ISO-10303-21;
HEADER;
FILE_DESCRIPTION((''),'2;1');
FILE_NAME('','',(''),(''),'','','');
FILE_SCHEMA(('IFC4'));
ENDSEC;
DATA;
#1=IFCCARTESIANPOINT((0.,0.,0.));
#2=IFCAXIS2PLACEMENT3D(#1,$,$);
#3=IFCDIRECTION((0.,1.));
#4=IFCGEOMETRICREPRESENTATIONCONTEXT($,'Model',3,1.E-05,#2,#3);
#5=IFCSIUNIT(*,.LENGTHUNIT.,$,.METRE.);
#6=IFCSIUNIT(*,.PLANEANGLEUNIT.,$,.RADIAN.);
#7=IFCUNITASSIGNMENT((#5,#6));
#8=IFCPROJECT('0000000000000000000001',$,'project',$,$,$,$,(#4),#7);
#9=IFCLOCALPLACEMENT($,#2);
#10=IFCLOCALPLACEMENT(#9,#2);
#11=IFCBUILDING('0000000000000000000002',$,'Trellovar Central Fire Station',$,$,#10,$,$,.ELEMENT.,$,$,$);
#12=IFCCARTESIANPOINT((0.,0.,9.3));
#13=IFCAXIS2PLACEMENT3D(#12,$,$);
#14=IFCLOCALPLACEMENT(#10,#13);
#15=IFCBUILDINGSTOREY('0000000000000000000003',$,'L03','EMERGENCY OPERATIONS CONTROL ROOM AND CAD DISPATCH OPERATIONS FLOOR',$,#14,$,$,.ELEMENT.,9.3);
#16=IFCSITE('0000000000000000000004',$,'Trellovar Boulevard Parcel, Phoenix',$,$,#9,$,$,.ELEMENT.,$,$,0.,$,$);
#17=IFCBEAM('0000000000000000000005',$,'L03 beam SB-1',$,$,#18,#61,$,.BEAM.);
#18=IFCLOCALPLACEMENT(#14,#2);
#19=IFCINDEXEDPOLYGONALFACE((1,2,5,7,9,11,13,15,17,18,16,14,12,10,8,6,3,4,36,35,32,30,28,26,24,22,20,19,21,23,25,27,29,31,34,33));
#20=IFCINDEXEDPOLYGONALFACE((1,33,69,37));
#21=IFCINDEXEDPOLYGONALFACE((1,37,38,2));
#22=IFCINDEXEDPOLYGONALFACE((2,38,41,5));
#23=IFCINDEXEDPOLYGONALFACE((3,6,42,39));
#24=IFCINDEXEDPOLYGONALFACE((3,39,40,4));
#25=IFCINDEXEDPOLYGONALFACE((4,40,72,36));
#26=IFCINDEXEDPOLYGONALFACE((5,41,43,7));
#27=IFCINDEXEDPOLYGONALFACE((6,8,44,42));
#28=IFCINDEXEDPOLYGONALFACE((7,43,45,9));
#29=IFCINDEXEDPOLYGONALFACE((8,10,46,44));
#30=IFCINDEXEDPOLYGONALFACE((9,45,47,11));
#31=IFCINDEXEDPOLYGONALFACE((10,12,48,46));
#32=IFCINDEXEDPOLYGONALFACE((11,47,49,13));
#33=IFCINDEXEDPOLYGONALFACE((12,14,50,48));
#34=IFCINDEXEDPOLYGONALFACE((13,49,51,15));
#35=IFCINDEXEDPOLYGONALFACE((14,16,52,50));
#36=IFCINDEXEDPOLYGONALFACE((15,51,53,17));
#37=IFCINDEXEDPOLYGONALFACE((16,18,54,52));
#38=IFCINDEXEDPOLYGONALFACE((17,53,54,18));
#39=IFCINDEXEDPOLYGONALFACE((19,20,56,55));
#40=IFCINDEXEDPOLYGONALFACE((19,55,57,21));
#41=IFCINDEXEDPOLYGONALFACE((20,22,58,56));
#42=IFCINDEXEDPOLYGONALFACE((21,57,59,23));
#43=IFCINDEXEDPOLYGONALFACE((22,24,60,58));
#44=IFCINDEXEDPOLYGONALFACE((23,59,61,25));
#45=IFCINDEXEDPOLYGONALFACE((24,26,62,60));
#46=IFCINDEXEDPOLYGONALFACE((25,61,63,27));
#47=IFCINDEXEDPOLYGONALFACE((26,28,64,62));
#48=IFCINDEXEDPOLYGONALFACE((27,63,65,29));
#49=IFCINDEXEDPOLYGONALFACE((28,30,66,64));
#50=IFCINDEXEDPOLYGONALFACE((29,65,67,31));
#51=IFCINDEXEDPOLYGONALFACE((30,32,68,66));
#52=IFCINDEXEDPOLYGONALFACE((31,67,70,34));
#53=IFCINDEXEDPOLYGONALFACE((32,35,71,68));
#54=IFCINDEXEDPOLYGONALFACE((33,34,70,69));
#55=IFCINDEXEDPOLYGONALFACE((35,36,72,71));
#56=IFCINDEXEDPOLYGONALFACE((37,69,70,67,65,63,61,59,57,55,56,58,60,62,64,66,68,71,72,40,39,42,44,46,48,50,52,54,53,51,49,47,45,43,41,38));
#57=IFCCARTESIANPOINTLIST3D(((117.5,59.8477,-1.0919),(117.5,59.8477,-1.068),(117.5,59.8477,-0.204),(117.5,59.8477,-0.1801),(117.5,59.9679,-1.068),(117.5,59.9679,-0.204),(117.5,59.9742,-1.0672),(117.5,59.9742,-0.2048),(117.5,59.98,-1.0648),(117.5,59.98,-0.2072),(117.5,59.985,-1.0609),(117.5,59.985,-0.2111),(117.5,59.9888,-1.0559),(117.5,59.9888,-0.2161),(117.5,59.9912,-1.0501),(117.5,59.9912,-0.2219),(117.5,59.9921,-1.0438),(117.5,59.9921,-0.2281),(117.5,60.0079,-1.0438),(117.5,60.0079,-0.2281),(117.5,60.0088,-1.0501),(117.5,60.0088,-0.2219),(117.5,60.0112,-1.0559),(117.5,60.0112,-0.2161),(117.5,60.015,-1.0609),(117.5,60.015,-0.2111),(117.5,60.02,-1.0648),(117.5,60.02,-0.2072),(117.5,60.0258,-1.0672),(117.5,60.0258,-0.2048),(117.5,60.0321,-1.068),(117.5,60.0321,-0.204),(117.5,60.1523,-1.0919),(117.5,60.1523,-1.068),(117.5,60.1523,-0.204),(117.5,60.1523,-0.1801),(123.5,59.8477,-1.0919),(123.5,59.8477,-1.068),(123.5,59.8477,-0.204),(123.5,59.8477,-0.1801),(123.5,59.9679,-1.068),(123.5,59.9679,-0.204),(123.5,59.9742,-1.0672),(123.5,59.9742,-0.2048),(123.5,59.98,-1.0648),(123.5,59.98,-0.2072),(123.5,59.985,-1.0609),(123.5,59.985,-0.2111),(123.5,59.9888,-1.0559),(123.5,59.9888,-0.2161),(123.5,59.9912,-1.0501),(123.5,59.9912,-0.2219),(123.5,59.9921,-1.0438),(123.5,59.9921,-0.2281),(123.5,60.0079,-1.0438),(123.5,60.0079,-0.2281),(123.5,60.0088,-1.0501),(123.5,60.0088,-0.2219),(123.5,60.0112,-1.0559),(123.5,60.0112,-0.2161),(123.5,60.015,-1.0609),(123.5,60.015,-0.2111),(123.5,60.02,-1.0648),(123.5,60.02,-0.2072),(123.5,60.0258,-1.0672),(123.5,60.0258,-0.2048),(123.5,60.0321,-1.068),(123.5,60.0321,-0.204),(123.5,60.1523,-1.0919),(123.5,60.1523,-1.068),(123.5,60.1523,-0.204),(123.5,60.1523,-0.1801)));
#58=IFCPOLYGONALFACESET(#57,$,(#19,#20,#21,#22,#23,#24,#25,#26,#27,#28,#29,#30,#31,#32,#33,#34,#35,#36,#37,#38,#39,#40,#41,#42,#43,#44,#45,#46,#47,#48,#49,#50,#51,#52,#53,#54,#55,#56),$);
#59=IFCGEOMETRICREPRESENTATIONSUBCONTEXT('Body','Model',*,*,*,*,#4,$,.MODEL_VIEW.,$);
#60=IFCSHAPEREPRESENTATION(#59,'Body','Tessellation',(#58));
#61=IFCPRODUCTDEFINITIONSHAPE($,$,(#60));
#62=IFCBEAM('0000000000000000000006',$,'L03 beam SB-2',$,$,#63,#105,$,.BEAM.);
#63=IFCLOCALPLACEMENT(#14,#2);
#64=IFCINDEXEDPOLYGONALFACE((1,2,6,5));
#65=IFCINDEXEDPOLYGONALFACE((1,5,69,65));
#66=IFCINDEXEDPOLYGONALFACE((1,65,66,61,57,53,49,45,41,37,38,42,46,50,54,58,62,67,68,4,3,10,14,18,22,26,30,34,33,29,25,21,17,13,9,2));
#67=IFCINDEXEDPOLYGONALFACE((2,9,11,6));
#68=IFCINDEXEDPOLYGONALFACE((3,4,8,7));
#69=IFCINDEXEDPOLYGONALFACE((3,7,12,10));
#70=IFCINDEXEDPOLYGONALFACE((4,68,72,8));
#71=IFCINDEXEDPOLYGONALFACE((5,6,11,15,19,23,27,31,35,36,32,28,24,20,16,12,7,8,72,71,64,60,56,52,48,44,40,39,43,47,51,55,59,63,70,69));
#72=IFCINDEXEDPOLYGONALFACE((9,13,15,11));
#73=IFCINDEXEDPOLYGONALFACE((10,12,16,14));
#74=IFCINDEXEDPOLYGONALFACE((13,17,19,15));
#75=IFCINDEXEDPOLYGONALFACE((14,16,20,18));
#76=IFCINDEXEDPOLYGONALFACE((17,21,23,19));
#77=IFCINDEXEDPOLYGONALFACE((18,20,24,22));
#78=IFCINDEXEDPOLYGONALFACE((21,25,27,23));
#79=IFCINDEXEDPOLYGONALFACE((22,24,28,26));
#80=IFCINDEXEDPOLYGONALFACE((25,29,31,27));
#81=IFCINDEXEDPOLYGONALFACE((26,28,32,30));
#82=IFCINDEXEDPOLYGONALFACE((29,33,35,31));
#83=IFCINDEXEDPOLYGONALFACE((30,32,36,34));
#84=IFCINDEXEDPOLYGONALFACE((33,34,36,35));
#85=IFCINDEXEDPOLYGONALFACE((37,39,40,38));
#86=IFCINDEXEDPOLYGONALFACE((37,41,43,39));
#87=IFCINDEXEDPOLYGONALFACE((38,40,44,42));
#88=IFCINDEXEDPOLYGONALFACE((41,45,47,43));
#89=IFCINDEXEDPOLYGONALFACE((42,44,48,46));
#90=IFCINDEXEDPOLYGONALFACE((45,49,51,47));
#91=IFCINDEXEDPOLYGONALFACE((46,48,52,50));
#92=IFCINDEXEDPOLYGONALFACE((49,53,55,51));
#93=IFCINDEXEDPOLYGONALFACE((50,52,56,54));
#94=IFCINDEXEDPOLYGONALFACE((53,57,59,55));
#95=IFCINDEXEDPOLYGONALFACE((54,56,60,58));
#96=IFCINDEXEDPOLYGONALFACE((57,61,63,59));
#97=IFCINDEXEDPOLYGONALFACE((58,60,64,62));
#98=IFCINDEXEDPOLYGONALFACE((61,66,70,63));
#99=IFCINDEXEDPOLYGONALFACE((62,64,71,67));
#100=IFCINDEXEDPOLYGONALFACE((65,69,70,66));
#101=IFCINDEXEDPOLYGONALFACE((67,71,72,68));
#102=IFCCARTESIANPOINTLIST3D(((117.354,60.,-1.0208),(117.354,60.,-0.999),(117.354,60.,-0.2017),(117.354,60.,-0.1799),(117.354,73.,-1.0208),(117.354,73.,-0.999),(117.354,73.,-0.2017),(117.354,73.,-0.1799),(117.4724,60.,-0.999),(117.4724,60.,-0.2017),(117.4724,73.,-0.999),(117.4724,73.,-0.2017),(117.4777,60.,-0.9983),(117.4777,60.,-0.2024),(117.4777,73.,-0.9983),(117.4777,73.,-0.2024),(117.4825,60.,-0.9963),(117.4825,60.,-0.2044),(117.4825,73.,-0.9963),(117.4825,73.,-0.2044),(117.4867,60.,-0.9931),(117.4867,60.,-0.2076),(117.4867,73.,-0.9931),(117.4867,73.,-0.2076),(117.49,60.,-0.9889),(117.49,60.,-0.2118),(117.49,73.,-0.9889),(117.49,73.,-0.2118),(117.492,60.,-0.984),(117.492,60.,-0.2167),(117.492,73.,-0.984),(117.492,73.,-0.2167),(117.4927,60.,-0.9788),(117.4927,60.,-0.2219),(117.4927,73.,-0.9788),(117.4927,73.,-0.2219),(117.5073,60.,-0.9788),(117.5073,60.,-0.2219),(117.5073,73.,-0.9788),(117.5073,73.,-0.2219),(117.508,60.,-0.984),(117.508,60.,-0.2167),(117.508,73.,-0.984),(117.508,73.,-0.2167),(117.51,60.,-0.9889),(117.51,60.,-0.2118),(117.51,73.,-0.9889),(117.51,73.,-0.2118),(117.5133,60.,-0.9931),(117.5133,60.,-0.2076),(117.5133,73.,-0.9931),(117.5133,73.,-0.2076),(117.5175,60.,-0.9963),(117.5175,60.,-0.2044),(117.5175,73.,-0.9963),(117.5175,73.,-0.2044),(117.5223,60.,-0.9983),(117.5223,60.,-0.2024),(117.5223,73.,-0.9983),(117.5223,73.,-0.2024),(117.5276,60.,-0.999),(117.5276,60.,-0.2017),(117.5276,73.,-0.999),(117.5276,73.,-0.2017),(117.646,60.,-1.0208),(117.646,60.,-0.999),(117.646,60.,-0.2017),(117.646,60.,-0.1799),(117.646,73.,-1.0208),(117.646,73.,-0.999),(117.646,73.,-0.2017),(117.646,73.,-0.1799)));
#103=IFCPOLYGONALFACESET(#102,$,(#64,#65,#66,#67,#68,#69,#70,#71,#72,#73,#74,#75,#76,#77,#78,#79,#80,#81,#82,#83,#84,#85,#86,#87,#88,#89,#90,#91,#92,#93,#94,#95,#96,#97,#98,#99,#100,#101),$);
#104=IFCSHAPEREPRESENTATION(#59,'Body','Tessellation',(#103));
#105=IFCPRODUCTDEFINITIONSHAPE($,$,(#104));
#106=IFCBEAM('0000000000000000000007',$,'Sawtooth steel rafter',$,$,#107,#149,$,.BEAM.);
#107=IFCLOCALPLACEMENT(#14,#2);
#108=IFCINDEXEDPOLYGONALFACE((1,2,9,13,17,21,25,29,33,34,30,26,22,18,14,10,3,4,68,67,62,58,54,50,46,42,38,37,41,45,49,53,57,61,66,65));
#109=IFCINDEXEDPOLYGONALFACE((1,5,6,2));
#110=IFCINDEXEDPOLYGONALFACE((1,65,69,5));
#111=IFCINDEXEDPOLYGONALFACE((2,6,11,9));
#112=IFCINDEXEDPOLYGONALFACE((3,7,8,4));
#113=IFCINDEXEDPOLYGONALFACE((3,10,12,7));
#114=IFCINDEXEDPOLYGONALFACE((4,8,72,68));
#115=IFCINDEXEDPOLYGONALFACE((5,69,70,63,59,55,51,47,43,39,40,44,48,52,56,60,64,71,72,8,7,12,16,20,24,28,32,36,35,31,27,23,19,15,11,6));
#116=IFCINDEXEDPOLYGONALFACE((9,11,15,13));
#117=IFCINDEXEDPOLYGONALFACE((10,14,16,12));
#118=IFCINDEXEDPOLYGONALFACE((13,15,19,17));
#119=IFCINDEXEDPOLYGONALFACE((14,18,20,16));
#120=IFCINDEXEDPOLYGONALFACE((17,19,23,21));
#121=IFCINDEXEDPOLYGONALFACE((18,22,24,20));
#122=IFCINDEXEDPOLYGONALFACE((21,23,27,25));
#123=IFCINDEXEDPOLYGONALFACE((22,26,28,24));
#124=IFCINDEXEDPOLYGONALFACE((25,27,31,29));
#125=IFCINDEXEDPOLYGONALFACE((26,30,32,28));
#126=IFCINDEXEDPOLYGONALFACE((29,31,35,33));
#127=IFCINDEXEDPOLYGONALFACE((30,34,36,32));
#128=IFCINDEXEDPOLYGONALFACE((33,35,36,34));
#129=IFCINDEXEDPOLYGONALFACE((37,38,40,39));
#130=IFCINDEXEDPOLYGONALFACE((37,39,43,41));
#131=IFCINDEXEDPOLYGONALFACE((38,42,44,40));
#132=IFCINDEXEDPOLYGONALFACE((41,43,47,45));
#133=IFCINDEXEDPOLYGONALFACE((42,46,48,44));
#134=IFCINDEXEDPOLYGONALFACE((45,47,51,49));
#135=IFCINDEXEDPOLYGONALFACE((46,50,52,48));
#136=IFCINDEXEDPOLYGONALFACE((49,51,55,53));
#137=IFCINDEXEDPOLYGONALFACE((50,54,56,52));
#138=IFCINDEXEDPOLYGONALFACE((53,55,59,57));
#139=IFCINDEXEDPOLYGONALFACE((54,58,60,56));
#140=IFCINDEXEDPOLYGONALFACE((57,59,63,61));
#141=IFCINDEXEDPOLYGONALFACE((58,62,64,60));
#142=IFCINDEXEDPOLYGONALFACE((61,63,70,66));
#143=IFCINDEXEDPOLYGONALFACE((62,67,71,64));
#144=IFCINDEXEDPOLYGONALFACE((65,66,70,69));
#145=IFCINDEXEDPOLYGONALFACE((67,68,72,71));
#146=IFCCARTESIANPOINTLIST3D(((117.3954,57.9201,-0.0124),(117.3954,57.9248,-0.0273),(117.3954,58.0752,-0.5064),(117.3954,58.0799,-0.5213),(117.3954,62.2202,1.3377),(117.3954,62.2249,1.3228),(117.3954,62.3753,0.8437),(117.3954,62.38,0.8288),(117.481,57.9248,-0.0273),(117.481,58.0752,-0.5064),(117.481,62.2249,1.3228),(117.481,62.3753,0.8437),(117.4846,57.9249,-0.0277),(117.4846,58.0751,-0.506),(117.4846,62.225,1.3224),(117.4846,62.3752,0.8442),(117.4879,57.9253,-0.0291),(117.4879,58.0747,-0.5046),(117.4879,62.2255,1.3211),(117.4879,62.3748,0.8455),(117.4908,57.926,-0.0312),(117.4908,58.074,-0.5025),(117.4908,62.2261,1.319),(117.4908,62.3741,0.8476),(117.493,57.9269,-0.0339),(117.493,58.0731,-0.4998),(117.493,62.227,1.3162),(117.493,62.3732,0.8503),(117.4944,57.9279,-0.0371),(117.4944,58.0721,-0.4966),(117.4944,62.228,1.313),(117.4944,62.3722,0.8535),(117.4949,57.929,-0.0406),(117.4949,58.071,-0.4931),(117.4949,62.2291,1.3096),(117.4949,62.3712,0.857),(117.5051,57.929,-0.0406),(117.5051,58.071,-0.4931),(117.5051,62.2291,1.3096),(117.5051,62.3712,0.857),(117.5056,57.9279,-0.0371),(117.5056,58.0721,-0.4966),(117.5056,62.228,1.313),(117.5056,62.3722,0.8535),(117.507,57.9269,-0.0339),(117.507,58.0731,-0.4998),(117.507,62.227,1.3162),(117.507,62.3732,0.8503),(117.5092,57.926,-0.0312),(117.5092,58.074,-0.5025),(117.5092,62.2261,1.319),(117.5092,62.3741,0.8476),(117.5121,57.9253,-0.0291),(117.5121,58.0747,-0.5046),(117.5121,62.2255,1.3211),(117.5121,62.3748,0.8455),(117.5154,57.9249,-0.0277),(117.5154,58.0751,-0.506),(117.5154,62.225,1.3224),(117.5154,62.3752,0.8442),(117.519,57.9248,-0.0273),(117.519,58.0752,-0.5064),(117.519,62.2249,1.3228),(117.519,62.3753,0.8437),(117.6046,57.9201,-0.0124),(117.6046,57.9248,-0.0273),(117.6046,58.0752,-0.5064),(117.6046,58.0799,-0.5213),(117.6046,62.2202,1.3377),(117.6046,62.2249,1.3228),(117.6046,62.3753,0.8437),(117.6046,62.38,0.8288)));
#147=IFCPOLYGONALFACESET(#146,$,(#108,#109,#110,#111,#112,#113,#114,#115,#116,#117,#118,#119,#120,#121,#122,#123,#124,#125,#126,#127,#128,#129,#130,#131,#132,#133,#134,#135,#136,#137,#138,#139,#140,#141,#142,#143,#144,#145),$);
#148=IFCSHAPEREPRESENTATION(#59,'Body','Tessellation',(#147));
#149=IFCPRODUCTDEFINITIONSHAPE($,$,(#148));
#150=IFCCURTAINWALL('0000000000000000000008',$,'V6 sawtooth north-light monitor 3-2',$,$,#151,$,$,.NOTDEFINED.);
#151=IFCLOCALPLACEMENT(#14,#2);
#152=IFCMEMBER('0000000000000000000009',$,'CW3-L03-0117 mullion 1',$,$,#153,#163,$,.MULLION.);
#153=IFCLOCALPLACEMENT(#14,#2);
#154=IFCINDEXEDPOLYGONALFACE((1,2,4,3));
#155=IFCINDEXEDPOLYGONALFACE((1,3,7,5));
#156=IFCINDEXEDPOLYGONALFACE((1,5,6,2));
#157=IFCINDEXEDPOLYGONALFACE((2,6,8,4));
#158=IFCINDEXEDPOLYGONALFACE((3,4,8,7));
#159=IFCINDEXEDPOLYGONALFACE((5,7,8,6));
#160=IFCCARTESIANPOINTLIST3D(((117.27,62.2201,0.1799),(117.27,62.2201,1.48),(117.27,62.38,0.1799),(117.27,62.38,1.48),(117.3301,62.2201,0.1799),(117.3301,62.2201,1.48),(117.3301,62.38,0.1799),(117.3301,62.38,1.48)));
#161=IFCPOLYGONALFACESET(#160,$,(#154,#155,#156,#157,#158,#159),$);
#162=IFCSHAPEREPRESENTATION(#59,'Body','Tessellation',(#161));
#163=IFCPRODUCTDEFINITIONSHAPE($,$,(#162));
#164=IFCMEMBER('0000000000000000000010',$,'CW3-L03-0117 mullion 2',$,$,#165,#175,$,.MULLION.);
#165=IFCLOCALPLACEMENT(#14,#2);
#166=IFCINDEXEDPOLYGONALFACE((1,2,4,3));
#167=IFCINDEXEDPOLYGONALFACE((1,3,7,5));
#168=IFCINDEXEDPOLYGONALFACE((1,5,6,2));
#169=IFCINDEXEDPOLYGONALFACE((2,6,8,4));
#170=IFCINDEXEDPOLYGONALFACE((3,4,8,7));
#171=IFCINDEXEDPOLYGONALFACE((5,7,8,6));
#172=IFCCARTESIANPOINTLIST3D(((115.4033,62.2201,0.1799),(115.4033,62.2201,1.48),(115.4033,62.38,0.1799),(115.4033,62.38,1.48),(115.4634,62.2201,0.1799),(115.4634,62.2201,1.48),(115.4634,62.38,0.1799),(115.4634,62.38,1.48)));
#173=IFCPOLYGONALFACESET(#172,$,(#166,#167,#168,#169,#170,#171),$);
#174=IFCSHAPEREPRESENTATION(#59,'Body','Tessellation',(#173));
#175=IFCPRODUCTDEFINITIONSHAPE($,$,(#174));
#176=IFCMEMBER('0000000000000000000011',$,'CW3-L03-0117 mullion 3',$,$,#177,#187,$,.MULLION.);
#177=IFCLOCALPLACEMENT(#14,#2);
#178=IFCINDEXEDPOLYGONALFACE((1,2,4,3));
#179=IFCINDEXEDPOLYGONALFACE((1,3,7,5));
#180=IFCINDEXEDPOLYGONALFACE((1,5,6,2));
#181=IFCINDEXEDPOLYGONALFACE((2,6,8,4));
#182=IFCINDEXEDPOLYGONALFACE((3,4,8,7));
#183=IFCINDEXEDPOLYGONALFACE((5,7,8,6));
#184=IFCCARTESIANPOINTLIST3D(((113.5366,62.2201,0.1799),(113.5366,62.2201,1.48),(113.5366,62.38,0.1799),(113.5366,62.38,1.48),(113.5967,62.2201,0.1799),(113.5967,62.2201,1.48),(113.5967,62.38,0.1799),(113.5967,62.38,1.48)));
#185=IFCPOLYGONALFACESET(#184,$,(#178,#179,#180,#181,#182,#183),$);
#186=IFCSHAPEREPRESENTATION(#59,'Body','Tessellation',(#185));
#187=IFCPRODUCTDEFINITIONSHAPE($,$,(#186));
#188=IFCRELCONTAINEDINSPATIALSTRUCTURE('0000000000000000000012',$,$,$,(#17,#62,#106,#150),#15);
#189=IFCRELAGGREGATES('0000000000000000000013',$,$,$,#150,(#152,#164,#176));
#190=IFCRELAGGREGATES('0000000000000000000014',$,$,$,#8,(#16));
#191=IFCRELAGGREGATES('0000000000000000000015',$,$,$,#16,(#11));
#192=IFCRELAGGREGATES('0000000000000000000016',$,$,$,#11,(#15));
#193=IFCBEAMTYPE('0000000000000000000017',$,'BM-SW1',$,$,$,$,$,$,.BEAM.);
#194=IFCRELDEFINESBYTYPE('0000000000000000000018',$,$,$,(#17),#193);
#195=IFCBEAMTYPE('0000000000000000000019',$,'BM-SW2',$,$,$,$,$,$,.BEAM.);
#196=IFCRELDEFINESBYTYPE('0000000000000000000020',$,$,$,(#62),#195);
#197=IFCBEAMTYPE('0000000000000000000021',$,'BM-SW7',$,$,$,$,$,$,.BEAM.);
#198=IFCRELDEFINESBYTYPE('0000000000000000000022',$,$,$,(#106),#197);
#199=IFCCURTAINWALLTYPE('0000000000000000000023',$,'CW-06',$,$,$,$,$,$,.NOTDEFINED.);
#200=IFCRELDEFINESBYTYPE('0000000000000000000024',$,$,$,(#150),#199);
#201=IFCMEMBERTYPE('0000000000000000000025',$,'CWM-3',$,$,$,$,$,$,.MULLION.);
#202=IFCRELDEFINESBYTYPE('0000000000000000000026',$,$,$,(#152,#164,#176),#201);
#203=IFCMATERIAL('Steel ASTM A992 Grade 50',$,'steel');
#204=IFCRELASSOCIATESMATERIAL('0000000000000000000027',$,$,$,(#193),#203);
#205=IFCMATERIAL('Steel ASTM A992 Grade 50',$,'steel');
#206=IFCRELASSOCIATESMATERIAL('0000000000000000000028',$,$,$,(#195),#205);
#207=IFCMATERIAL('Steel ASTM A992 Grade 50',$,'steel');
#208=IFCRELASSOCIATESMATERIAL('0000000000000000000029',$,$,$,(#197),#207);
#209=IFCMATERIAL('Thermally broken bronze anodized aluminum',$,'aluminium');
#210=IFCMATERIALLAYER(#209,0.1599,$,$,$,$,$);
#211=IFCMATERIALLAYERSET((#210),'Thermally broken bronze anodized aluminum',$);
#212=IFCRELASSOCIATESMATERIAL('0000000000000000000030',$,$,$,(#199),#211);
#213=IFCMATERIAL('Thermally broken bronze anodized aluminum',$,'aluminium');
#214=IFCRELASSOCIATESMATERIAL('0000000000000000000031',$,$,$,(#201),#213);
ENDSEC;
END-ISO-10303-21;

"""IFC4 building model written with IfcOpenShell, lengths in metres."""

from ifc_helpers import new_model, si_unit, direction, frame, origin, origin_2d, place, context, subcontext, project, spatial, rectangle, i_section, extrude, material, layer, layer_set, material_profile, profile_set, type_object, element, aggregate, save


model = new_model("IFC4")

# Units and contexts
model_context = context("Model", 3, precision=1e-05, world=origin(), true_north=direction((0.0, 1.0)))
body_context = subcontext(model_context, "Body", "Model", "MODEL_VIEW")
ifc_project = project(units=[si_unit("LENGTHUNIT", "METRE"), si_unit("PLANEANGLEUNIT", "RADIAN")], contexts=[model_context])

# Site, building, storey
site_placement = place(None, origin())
site = spatial("IfcSite", under=ifc_project, at=site_placement, Name="Trellovar Boulevard Parcel, Phoenix", CompositionType="ELEMENT", RefElevation=0.0)
building_placement = place(site_placement, origin())
building = spatial("IfcBuilding", under=site, at=building_placement, Name="Trellovar Central Fire Station", CompositionType="ELEMENT")
storey_placement = place(building_placement, frame((0.0, 0.0, 9.3)))
storey = spatial("IfcBuildingStorey", under=building, at=storey_placement, Name="L03", Description="EMERGENCY OPERATIONS CONTROL ROOM AND CAD DISPATCH OPERATIONS FLOOR", CompositionType="ELEMENT", Elevation=9.3)

# Beams
ifc_material_1 = material(Name="Steel ASTM A992 Grade 50", Category="steel")
ifc_material_profile_1 = material_profile(ifc_material_1, i_section(OverallWidth=0.3047, OverallDepth=0.9119, WebThickness=0.0159, FlangeThickness=0.0239, FilletRadius=0.0242, at=origin_2d()), Name="W36X150")
ifc_profile_set_1 = profile_set([ifc_material_profile_1], Name="Steel ASTM A992 Grade 50")
beam_type_1 = type_object("IfcBeamType", Name="BM-SW1", PredefinedType="BEAM", material=ifc_profile_set_1)
beam_1_placement = place(storey_placement, frame((117.5, 60.0, -0.636), z_axis=(1.0, 0.0, 0.0), x_axis=(0.0, 1.0, 0.0)))
element("IfcBeam", 1, at=beam_1_placement, inside=storey, type_object=beam_type_1, Name="L03 beam SB-1", PredefinedType="BEAM", context=body_context, shape_type="SweptSolid", body=[
    extrude(i_section(OverallWidth=0.3047, OverallDepth=0.9119, WebThickness=0.0159, FlangeThickness=0.0239, FilletRadius=0.0242, at=origin_2d()), origin(), (0.0, 0.0, 1.0), 6.0),
])
ifc_material_2 = material(Name="Steel ASTM A992 Grade 50", Category="steel")
ifc_material_profile_2 = material_profile(ifc_material_2, i_section(OverallWidth=0.292, OverallDepth=0.8408, WebThickness=0.0146, FlangeThickness=0.0217, FilletRadius=0.0203, at=origin_2d()), Name="W33X130")
ifc_profile_set_2 = profile_set([ifc_material_profile_2], Name="Steel ASTM A992 Grade 50")
beam_type_2 = type_object("IfcBeamType", Name="BM-SW2", PredefinedType="BEAM", material=ifc_profile_set_2)
beam_2_placement = place(storey_placement, frame((117.5, 60.0, -0.6003), z_axis=(0.0, 1.0, 0.0), x_axis=(-1.0, 0.0, 0.0)))
element("IfcBeam", 2, at=beam_2_placement, inside=storey, type_object=beam_type_2, Name="L03 beam SB-2", PredefinedType="BEAM", context=body_context, shape_type="SweptSolid", body=[
    extrude(i_section(OverallWidth=0.292, OverallDepth=0.8408, WebThickness=0.0146, FlangeThickness=0.0217, FilletRadius=0.0203, at=origin_2d()), origin(), (0.0, 0.0, 1.0), 13.0),
])
ifc_material_3 = material(Name="Steel ASTM A992 Grade 50", Category="steel")
ifc_material_profile_3 = material_profile(ifc_material_3, i_section(OverallWidth=0.2092, OverallDepth=0.5334, WebThickness=0.0103, FlangeThickness=0.0156, FilletRadius=0.0139, at=origin_2d()), Name="W21X62")
ifc_profile_set_3 = profile_set([ifc_material_profile_3], Name="Steel ASTM A992 Grade 50")
beam_type_3 = type_object("IfcBeamType", Name="BM-SW7", PredefinedType="BEAM", material=ifc_profile_set_3)
beam_3_placement = place(storey_placement, frame((117.5, 58.0, -0.2668), z_axis=(0.0, 0.954079, 0.299555), x_axis=(-1.0, 0.0, 0.0)))
element("IfcBeam", 3, at=beam_3_placement, inside=storey, type_object=beam_type_3, Name="Sawtooth steel rafter", PredefinedType="BEAM", context=body_context, shape_type="SweptSolid", body=[
    extrude(i_section(OverallWidth=0.2092, OverallDepth=0.5334, WebThickness=0.0103, FlangeThickness=0.0156, FilletRadius=0.0139, at=origin_2d()), origin(), (0.0, 0.0, 1.0), 4.5071),
])

# Curtain wall, members
ifc_material_4 = material(Name="Thermally broken bronze anodized aluminum", Category="aluminium")
ifc_layer_1 = layer(ifc_material_4, 0.1599)
ifc_layer_set_1 = layer_set([ifc_layer_1], Name="Thermally broken bronze anodized aluminum")
curtain_wall_type = type_object("IfcCurtainWallType", Name="CW-06", PredefinedType="NOTDEFINED", material=ifc_layer_set_1)
curtain_wall_1_placement = place(storey_placement, origin())
curtain_wall_1 = element("IfcCurtainWall", 4, at=curtain_wall_1_placement, inside=storey, type_object=curtain_wall_type, Name="V6 sawtooth north-light monitor 3-2", PredefinedType="NOTDEFINED")
ifc_material_5 = material(Name="Thermally broken bronze anodized aluminum", Category="aluminium")
ifc_material_profile_4 = material_profile(ifc_material_5, rectangle(XDim=0.0601, YDim=0.1599, at=origin_2d()), Name="ALU60X160")
ifc_profile_set_4 = profile_set([ifc_material_profile_4], Name="Thermally broken bronze anodized aluminum")
member_type_1 = type_object("IfcMemberType", Name="CWM-3", PredefinedType="MULLION", material=ifc_profile_set_4)
member_1_placement = place(storey_placement, frame((117.3, 62.3, 0.1799), z_axis=(0.0, 0.0, 1.0), x_axis=(1.0, 0.0, 0.0)))
member_1 = element("IfcMember", 5, at=member_1_placement, type_object=member_type_1, Name="CW3-L03-0117 mullion 1", PredefinedType="MULLION", context=body_context, shape_type="SweptSolid", body=[
    extrude(rectangle(XDim=0.0601, YDim=0.1599, at=origin_2d()), origin(), (0.0, 0.0, 1.0), 1.3),
])
member_2_placement = place(storey_placement, frame((115.4333, 62.3, 0.1799), z_axis=(0.0, 0.0, 1.0), x_axis=(1.0, 0.0, 0.0)))
member_2 = element("IfcMember", 6, at=member_2_placement, type_object=member_type_1, Name="CW3-L03-0117 mullion 2", PredefinedType="MULLION", context=body_context, shape_type="SweptSolid", body=[
    extrude(rectangle(XDim=0.0601, YDim=0.1599, at=origin_2d()), origin(), (0.0, 0.0, 1.0), 1.3),
])
member_3_placement = place(storey_placement, frame((113.5667, 62.3, 0.1799), z_axis=(0.0, 0.0, 1.0), x_axis=(1.0, 0.0, 0.0)))
member_3 = element("IfcMember", 7, at=member_3_placement, type_object=member_type_1, Name="CW3-L03-0117 mullion 3", PredefinedType="MULLION", context=body_context, shape_type="SweptSolid", body=[
    extrude(rectangle(XDim=0.0601, YDim=0.1599, at=origin_2d()), origin(), (0.0, 0.0, 1.0), 1.3),
])

aggregate(curtain_wall_1, [member_1, member_2, member_3])

save(model, "model.ifc")
